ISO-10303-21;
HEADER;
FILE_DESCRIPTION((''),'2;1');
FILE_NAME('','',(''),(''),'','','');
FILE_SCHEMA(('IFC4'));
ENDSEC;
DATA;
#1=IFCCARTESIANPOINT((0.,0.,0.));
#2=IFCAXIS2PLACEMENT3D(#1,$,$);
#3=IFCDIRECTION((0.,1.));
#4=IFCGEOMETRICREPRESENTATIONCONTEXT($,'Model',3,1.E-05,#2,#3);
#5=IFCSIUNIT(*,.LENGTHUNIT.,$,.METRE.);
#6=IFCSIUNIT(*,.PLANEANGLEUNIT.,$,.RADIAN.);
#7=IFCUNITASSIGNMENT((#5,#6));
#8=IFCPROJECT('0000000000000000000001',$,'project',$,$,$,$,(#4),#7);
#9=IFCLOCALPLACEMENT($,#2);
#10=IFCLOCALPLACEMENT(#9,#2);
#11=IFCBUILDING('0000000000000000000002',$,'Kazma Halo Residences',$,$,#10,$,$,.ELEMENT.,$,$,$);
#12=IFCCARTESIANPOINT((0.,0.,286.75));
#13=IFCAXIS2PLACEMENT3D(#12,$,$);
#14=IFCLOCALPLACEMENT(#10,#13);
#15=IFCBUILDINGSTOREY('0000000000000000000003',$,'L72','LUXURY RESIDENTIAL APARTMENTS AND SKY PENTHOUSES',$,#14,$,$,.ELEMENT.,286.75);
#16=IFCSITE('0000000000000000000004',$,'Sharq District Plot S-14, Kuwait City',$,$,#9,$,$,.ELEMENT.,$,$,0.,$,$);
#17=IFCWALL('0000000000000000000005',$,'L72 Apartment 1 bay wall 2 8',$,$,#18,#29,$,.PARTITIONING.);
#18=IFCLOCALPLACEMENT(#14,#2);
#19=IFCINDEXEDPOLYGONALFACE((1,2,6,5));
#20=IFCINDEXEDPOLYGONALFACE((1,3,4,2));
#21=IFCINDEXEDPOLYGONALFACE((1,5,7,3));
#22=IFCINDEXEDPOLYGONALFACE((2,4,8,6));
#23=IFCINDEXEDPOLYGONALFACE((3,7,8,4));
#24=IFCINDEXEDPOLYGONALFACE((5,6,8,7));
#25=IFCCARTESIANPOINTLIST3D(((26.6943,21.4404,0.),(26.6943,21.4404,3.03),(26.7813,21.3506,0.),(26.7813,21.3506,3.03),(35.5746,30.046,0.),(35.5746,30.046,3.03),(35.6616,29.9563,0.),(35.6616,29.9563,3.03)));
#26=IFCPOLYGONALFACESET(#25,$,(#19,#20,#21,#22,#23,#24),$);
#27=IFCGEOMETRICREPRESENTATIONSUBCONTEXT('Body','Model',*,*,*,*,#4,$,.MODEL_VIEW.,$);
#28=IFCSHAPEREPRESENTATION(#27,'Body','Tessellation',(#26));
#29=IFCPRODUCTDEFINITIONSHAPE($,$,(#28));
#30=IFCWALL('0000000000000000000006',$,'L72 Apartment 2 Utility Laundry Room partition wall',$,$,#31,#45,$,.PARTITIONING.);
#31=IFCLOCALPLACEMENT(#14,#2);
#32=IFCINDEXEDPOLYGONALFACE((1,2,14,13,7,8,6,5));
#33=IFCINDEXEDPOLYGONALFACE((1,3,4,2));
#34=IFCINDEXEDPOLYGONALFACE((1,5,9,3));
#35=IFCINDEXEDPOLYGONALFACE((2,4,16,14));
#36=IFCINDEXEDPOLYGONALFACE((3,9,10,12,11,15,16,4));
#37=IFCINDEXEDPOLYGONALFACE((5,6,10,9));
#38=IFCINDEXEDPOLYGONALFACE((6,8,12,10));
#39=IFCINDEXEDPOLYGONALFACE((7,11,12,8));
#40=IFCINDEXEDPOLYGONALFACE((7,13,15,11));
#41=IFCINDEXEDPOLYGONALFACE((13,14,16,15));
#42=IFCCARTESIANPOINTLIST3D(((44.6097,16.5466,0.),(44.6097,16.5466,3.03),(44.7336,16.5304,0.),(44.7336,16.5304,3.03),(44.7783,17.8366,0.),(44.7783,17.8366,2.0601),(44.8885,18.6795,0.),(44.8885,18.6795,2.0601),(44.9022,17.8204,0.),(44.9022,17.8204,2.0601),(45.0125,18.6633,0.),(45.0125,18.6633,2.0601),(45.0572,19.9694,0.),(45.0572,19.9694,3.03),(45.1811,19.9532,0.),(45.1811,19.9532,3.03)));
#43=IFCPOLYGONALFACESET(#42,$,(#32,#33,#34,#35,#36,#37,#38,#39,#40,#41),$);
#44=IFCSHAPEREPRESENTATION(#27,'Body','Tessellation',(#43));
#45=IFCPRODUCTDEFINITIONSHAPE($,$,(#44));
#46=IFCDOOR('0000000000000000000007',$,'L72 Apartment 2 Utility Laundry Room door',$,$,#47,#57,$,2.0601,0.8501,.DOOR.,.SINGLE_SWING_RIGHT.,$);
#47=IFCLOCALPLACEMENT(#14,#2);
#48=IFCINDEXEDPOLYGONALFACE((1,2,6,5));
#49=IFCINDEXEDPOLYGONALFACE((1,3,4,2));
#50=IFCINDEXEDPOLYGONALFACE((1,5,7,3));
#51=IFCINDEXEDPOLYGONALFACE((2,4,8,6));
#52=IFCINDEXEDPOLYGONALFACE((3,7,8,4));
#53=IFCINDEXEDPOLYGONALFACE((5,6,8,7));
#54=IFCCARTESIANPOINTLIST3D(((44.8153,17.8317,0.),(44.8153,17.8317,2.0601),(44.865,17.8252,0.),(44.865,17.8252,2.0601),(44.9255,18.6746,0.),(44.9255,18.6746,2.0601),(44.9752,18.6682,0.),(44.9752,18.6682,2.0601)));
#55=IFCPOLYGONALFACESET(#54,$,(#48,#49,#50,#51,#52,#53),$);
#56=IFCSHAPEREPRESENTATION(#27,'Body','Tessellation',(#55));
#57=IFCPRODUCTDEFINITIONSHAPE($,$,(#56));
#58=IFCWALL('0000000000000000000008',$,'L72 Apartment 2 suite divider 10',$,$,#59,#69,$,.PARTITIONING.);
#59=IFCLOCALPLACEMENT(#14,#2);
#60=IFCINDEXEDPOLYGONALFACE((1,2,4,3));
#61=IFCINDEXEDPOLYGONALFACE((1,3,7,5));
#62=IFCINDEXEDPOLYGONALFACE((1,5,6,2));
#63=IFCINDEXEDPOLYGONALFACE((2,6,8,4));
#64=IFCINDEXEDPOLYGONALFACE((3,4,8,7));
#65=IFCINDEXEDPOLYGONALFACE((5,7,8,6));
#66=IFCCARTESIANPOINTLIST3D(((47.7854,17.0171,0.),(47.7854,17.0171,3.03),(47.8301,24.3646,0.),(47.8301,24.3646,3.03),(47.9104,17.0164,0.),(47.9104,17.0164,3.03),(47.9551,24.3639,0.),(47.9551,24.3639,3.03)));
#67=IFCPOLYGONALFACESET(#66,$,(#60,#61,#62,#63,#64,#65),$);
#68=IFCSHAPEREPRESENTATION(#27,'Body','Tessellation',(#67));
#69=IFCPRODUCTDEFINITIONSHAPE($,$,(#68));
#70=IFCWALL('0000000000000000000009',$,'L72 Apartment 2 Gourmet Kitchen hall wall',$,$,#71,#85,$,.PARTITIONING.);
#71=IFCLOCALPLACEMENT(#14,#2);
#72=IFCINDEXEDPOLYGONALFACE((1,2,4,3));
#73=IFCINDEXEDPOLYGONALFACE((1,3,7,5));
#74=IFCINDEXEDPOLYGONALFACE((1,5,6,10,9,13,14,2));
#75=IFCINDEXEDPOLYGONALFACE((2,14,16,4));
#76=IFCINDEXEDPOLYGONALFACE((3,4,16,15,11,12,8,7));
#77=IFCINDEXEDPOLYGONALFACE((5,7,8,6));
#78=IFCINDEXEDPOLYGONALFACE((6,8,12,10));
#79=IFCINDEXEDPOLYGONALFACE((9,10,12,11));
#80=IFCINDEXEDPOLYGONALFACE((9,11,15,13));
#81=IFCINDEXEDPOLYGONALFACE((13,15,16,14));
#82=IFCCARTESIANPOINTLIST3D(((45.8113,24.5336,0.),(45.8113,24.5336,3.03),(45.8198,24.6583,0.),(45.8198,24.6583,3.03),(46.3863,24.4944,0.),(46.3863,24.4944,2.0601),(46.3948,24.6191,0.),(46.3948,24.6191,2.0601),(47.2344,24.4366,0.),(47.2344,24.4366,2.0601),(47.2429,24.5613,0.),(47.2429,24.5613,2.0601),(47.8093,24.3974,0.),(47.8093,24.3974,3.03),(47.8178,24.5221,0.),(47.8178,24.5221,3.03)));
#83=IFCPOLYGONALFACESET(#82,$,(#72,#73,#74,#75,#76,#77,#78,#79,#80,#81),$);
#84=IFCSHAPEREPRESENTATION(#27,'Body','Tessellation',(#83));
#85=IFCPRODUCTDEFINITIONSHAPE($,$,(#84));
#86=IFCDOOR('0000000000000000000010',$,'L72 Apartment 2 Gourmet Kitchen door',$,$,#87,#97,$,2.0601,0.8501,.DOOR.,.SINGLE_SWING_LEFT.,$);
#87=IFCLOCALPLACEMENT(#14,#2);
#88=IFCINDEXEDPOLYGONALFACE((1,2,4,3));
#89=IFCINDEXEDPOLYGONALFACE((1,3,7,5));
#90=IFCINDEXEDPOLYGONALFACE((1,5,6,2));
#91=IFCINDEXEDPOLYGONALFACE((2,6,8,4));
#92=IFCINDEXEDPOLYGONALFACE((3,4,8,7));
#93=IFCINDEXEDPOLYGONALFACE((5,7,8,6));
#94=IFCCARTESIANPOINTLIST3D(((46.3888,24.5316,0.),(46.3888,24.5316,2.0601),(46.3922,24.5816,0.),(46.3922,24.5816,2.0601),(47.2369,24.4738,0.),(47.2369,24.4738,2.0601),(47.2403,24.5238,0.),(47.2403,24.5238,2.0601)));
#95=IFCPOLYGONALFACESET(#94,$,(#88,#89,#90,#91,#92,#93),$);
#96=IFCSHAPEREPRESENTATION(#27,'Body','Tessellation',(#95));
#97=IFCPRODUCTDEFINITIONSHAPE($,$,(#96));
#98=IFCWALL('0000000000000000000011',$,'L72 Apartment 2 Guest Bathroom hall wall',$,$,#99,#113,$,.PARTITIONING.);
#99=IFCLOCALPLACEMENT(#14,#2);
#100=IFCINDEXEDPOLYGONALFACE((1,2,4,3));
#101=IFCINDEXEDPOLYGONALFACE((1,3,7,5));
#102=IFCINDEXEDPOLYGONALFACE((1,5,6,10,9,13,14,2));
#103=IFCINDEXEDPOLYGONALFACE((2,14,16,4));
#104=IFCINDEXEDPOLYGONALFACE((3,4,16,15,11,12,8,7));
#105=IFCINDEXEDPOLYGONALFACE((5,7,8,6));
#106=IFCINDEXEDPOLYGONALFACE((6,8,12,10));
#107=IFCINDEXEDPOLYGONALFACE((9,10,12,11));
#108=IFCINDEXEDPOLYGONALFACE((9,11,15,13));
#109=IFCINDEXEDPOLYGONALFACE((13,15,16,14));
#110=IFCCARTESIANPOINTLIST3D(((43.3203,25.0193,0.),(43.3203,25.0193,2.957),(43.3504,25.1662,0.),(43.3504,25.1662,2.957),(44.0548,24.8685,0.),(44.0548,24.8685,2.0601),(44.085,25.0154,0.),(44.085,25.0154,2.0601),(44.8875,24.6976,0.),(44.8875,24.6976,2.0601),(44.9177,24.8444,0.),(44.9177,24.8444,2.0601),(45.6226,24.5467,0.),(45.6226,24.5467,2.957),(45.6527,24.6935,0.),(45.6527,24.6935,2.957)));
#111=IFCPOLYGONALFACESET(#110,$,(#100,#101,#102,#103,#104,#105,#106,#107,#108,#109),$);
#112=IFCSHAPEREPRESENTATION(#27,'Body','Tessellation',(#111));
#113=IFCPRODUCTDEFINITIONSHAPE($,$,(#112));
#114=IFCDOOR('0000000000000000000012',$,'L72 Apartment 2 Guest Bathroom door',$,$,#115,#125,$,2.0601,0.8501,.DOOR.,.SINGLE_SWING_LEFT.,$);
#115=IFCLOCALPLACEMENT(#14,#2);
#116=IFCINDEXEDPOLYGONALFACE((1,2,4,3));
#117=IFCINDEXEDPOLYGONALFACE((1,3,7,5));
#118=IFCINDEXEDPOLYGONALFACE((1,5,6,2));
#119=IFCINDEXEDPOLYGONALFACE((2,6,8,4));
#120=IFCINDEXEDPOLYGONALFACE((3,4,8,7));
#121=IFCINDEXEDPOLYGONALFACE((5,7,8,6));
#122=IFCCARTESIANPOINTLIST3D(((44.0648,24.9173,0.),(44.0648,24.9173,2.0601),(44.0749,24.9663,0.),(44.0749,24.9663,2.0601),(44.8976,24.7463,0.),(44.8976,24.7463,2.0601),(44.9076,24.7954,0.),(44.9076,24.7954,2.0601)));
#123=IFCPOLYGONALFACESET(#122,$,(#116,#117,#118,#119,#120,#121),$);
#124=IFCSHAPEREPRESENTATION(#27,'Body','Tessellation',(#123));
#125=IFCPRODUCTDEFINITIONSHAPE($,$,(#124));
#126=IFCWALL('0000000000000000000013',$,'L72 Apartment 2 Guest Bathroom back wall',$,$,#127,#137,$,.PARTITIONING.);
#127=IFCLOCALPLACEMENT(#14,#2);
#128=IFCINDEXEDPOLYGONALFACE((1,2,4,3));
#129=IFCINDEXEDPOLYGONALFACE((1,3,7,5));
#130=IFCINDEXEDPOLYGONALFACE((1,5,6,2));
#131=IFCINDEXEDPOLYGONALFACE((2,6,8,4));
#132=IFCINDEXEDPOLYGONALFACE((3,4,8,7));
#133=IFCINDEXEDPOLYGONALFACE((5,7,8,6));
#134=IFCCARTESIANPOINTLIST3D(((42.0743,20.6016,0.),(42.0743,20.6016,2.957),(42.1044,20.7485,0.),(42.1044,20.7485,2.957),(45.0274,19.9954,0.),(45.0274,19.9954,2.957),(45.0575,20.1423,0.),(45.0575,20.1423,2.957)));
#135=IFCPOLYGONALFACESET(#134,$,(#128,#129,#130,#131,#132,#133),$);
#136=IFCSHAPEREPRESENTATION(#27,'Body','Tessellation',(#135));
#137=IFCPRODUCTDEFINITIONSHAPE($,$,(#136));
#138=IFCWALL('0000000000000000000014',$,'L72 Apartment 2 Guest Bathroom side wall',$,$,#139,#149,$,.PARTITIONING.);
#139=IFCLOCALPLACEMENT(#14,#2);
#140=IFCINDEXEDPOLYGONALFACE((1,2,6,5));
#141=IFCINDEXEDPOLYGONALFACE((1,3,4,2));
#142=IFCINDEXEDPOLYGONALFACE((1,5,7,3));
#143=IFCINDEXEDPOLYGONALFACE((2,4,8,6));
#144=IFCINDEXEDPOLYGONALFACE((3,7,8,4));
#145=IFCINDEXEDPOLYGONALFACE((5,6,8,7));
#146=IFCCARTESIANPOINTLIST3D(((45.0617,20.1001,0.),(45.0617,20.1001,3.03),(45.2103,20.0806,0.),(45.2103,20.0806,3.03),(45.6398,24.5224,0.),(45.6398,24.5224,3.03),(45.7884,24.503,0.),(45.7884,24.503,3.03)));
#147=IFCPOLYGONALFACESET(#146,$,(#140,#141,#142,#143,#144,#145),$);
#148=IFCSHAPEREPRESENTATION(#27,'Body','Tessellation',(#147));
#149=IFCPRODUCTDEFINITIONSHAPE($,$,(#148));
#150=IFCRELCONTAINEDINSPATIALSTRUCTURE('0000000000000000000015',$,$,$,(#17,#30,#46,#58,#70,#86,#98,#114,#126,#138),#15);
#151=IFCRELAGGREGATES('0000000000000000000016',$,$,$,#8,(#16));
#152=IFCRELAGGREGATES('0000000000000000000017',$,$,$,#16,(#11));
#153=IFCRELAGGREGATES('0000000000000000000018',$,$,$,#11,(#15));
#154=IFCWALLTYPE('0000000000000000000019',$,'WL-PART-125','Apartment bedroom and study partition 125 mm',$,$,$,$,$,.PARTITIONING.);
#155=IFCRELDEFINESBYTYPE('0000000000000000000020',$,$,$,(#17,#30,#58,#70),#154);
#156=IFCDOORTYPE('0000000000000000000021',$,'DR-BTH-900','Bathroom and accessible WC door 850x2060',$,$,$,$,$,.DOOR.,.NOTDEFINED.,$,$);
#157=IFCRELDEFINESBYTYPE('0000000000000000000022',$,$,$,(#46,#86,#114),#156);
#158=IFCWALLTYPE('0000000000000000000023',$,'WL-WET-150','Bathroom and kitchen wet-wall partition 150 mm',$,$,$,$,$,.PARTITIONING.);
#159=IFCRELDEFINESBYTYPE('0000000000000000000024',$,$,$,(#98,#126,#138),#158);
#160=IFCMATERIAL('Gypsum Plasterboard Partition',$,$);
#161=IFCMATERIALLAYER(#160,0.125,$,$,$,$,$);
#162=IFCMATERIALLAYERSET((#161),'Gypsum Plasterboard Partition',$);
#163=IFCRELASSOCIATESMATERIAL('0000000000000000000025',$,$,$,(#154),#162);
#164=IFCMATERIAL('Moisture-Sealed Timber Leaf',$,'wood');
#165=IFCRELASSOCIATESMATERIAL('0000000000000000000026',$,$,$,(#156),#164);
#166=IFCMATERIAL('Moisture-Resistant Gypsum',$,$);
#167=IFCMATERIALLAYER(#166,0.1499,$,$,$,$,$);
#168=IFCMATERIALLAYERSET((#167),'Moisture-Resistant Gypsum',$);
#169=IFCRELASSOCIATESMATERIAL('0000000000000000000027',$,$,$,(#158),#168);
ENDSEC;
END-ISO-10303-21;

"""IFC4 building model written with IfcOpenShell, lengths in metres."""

from ifc_helpers import new_model, si_unit, direction, frame, frame_2d, origin, place, context, subcontext, project, spatial, rectangle, extrude, material, layer, layer_set, type_object, element, fill, save


model = new_model("IFC4")

# Units and contexts
model_context = context("Model", 3, precision=1e-05, world=origin(), true_north=direction((0.0, 1.0)))
body_context = subcontext(model_context, "Body", "Model", "MODEL_VIEW")
ifc_project = project(units=[si_unit("LENGTHUNIT", "METRE"), si_unit("PLANEANGLEUNIT", "RADIAN")], contexts=[model_context])

# Site, building, storey
site_placement = place(None, origin())
site = spatial("IfcSite", under=ifc_project, at=site_placement, Name="Sharq District Plot S-14, Kuwait City", CompositionType="ELEMENT", RefElevation=0.0)
building_placement = place(site_placement, origin())
building = spatial("IfcBuilding", under=site, at=building_placement, Name="Kazma Halo Residences", CompositionType="ELEMENT")
storey_placement = place(building_placement, frame((0.0, 0.0, 286.75)))
storey = spatial("IfcBuildingStorey", under=building, at=storey_placement, Name="L72", Description="LUXURY RESIDENTIAL APARTMENTS AND SKY PENTHOUSES", CompositionType="ELEMENT", Elevation=286.75)

# Wall
ifc_material_1 = material(Name="Gypsum Plasterboard Partition")
ifc_layer_1 = layer(ifc_material_1, 0.125)
ifc_layer_set_1 = layer_set([ifc_layer_1], Name="Gypsum Plasterboard Partition")
wall_type_1 = type_object("IfcWallType", Name="WL-PART-125", Description="Apartment bedroom and study partition 125 mm", PredefinedType="PARTITIONING", material=ifc_layer_set_1)
wall_1_placement = place(storey_placement, frame((35.6182, 30.0012, 0.0), z_axis=(0.0, 0.0, 1.0), x_axis=(-0.718125, -0.695914, 0.0)))
element("IfcWall", 1, at=wall_1_placement, inside=storey, type_object=wall_type_1, Name="L72 Apartment 1 bay wall 2 8", PredefinedType="PARTITIONING", context=body_context, shape_type="SweptSolid", body=[
    extrude(rectangle(XDim=12.366, YDim=0.125, at=frame_2d((6.1831, 0.0))), origin(), (0.0, 0.0, 1.0), 3.03),
])

# Wall, opening, door
wall_2_placement = place(storey_placement, frame((45.1191, 19.9614, 0.0), z_axis=(0.0, 0.0, 1.0), x_axis=(-0.129639, -0.991561, 0.0)))
wall_2 = element("IfcWall", 2, at=wall_2_placement, inside=storey, type_object=wall_type_1, Name="L72 Apartment 2 Utility Laundry Room partition wall", PredefinedType="PARTITIONING", context=body_context, shape_type="SweptSolid", body=[
    extrude(rectangle(XDim=3.4519, YDim=0.125, at=frame_2d((1.7261, 0.0))), origin(), (0.0, 0.0, 1.0), 3.03),
])
opening_1_placement = place(wall_2_placement, frame((1.301, 0.0, 0.0)))
opening_1 = element("IfcOpeningElement", 3, at=opening_1_placement, cuts=wall_2, PredefinedType="OPENING", context=body_context, shape_type="SweptSolid", body=[
    extrude(rectangle(XDim=0.8501, YDim=2.0601, at=frame_2d((0.425, 1.03))), frame((0.0, 0.0725, 0.0), z_axis=(0.0, -1.0, 0.0), x_axis=(1.0, 0.0, 0.0)), (0.0, 0.0, 1.0), 0.145),
])
ifc_material_2 = material(Name="Moisture-Sealed Timber Leaf", Category="wood")
door_type = type_object("IfcDoorType", Name="DR-BTH-900", Description="Bathroom and accessible WC door 850x2060", OperationType="NOTDEFINED", PredefinedType="DOOR", material=ifc_material_2)
door_1_placement = place(opening_1_placement, origin())
door_1 = element("IfcDoor", 4, at=door_1_placement, inside=storey, type_object=door_type, Name="L72 Apartment 2 Utility Laundry Room door", OperationType="SINGLE_SWING_RIGHT", OverallHeight=2.0601, OverallWidth=0.8501, PredefinedType="DOOR", context=body_context, shape_type="SweptSolid", body=[
    extrude(rectangle(XDim=0.8501, YDim=2.0601, at=frame_2d((0.425, 1.03))), frame((0.0, 0.0249, 0.0), z_axis=(0.0, -1.0, 0.0), x_axis=(1.0, 0.0, 0.0)), (0.0, 0.0, 1.0), 0.05),
])
fill(opening_1, door_1)

# Wall
wall_3_placement = place(storey_placement, frame((47.8926, 24.3643, 0.0), z_axis=(0.0, 0.0, 1.0), x_axis=(-0.006081, -0.999982, 0.0)))
element("IfcWall", 5, at=wall_3_placement, inside=storey, type_object=wall_type_1, Name="L72 Apartment 2 suite divider 10", PredefinedType="PARTITIONING", context=body_context, shape_type="SweptSolid", body=[
    extrude(rectangle(XDim=7.3477, YDim=0.125, at=frame_2d((3.6738, 0.0))), origin(), (0.0, 0.0, 1.0), 3.03),
])

# Walls, openings, doors
wall_4_placement = place(storey_placement, frame((45.8154, 24.5959, 0.0), z_axis=(0.0, 0.0, 1.0), x_axis=(0.997684, -0.068024, 0.0)))
wall_4 = element("IfcWall", 6, at=wall_4_placement, inside=storey, type_object=wall_type_1, Name="L72 Apartment 2 Gourmet Kitchen hall wall", PredefinedType="PARTITIONING", context=body_context, shape_type="SweptSolid", body=[
    extrude(rectangle(XDim=2.0027, YDim=0.125, at=frame_2d((1.0015, 0.0))), origin(), (0.0, 0.0, 1.0), 3.03),
])
opening_2_placement = place(wall_4_placement, frame((0.5764, 0.0, 0.0)))
opening_2 = element("IfcOpeningElement", 7, at=opening_2_placement, cuts=wall_4, PredefinedType="OPENING", context=body_context, shape_type="SweptSolid", body=[
    extrude(rectangle(XDim=0.8501, YDim=2.0601, at=frame_2d((0.425, 1.03))), frame((0.0, 0.0725, 0.0), z_axis=(0.0, -1.0, 0.0), x_axis=(1.0, 0.0, 0.0)), (0.0, 0.0, 1.0), 0.145),
])
door_2_placement = place(opening_2_placement, origin())
door_2 = element("IfcDoor", 8, at=door_2_placement, inside=storey, type_object=door_type, Name="L72 Apartment 2 Gourmet Kitchen door", OperationType="SINGLE_SWING_LEFT", OverallHeight=2.0601, OverallWidth=0.8501, PredefinedType="DOOR", context=body_context, shape_type="SweptSolid", body=[
    extrude(rectangle(XDim=0.8501, YDim=2.0601, at=frame_2d((0.425, 1.03))), frame((0.0, 0.0249, 0.0), z_axis=(0.0, -1.0, 0.0), x_axis=(1.0, 0.0, 0.0)), (0.0, 0.0, 1.0), 0.05),
])
fill(opening_2, door_2)
ifc_material_3 = material(Name="Moisture-Resistant Gypsum")
ifc_layer_2 = layer(ifc_material_3, 0.1499)
ifc_layer_set_2 = layer_set([ifc_layer_2], Name="Moisture-Resistant Gypsum")
wall_type_2 = type_object("IfcWallType", Name="WL-WET-150", Description="Bathroom and kitchen wet-wall partition 150 mm", PredefinedType="PARTITIONING", material=ifc_layer_set_2)
wall_5_placement = place(storey_placement, frame((43.3352, 25.0928, 0.0), z_axis=(0.0, 0.0, 1.0), x_axis=(0.979569, -0.201108, 0.0)))
wall_5 = element("IfcWall", 9, at=wall_5_placement, inside=storey, type_object=wall_type_2, Name="L72 Apartment 2 Guest Bathroom hall wall", PredefinedType="PARTITIONING", context=body_context, shape_type="SweptSolid", body=[
    extrude(rectangle(XDim=2.3503, YDim=0.1499, at=frame_2d((1.1753, 0.0))), origin(), (0.0, 0.0, 1.0), 2.957),
])
opening_3_placement = place(wall_5_placement, frame((0.75, 0.0, 0.0)))
opening_3 = element("IfcOpeningElement", 10, at=opening_3_placement, cuts=wall_5, PredefinedType="OPENING", context=body_context, shape_type="SweptSolid", body=[
    extrude(rectangle(XDim=0.8501, YDim=2.0601, at=frame_2d((0.425, 1.03))), frame((0.0, 0.085, 0.0), z_axis=(0.0, -1.0, 0.0), x_axis=(1.0, 0.0, 0.0)), (0.0, 0.0, 1.0), 0.1699),
])
door_3_placement = place(opening_3_placement, origin())
door_3 = element("IfcDoor", 11, at=door_3_placement, inside=storey, type_object=door_type, Name="L72 Apartment 2 Guest Bathroom door", OperationType="SINGLE_SWING_LEFT", OverallHeight=2.0601, OverallWidth=0.8501, PredefinedType="DOOR", context=body_context, shape_type="SweptSolid", body=[
    extrude(rectangle(XDim=0.8501, YDim=2.0601, at=frame_2d((0.425, 1.03))), frame((0.0, 0.0249, 0.0), z_axis=(0.0, -1.0, 0.0), x_axis=(1.0, 0.0, 0.0)), (0.0, 0.0, 1.0), 0.05),
])
fill(opening_3, door_3)

# Walls
wall_6_placement = place(storey_placement, frame((42.0894, 20.675, 0.0), z_axis=(0.0, 0.0, 1.0), x_axis=(0.979574, -0.201082, 0.0)))
element("IfcWall", 12, at=wall_6_placement, inside=storey, type_object=wall_type_2, Name="L72 Apartment 2 Guest Bathroom back wall", PredefinedType="PARTITIONING", context=body_context, shape_type="SweptSolid", body=[
    extrude(rectangle(XDim=3.0146, YDim=0.1499, at=frame_2d((1.5073, 0.0))), origin(), (0.0, 0.0, 1.0), 2.957),
])
wall_7_placement = place(storey_placement, frame((45.7141, 24.5127, 0.0), z_axis=(0.0, 0.0, 1.0), x_axis=(-0.129625, -0.991563, 0.0)))
element("IfcWall", 13, at=wall_7_placement, inside=storey, type_object=wall_type_2, Name="L72 Apartment 2 Guest Bathroom side wall", PredefinedType="PARTITIONING", context=body_context, shape_type="SweptSolid", body=[
    extrude(rectangle(XDim=4.46, YDim=0.1499, at=frame_2d((2.23, 0.0))), origin(), (0.0, 0.0, 1.0), 3.03),
])

save(model, "model.ifc")
